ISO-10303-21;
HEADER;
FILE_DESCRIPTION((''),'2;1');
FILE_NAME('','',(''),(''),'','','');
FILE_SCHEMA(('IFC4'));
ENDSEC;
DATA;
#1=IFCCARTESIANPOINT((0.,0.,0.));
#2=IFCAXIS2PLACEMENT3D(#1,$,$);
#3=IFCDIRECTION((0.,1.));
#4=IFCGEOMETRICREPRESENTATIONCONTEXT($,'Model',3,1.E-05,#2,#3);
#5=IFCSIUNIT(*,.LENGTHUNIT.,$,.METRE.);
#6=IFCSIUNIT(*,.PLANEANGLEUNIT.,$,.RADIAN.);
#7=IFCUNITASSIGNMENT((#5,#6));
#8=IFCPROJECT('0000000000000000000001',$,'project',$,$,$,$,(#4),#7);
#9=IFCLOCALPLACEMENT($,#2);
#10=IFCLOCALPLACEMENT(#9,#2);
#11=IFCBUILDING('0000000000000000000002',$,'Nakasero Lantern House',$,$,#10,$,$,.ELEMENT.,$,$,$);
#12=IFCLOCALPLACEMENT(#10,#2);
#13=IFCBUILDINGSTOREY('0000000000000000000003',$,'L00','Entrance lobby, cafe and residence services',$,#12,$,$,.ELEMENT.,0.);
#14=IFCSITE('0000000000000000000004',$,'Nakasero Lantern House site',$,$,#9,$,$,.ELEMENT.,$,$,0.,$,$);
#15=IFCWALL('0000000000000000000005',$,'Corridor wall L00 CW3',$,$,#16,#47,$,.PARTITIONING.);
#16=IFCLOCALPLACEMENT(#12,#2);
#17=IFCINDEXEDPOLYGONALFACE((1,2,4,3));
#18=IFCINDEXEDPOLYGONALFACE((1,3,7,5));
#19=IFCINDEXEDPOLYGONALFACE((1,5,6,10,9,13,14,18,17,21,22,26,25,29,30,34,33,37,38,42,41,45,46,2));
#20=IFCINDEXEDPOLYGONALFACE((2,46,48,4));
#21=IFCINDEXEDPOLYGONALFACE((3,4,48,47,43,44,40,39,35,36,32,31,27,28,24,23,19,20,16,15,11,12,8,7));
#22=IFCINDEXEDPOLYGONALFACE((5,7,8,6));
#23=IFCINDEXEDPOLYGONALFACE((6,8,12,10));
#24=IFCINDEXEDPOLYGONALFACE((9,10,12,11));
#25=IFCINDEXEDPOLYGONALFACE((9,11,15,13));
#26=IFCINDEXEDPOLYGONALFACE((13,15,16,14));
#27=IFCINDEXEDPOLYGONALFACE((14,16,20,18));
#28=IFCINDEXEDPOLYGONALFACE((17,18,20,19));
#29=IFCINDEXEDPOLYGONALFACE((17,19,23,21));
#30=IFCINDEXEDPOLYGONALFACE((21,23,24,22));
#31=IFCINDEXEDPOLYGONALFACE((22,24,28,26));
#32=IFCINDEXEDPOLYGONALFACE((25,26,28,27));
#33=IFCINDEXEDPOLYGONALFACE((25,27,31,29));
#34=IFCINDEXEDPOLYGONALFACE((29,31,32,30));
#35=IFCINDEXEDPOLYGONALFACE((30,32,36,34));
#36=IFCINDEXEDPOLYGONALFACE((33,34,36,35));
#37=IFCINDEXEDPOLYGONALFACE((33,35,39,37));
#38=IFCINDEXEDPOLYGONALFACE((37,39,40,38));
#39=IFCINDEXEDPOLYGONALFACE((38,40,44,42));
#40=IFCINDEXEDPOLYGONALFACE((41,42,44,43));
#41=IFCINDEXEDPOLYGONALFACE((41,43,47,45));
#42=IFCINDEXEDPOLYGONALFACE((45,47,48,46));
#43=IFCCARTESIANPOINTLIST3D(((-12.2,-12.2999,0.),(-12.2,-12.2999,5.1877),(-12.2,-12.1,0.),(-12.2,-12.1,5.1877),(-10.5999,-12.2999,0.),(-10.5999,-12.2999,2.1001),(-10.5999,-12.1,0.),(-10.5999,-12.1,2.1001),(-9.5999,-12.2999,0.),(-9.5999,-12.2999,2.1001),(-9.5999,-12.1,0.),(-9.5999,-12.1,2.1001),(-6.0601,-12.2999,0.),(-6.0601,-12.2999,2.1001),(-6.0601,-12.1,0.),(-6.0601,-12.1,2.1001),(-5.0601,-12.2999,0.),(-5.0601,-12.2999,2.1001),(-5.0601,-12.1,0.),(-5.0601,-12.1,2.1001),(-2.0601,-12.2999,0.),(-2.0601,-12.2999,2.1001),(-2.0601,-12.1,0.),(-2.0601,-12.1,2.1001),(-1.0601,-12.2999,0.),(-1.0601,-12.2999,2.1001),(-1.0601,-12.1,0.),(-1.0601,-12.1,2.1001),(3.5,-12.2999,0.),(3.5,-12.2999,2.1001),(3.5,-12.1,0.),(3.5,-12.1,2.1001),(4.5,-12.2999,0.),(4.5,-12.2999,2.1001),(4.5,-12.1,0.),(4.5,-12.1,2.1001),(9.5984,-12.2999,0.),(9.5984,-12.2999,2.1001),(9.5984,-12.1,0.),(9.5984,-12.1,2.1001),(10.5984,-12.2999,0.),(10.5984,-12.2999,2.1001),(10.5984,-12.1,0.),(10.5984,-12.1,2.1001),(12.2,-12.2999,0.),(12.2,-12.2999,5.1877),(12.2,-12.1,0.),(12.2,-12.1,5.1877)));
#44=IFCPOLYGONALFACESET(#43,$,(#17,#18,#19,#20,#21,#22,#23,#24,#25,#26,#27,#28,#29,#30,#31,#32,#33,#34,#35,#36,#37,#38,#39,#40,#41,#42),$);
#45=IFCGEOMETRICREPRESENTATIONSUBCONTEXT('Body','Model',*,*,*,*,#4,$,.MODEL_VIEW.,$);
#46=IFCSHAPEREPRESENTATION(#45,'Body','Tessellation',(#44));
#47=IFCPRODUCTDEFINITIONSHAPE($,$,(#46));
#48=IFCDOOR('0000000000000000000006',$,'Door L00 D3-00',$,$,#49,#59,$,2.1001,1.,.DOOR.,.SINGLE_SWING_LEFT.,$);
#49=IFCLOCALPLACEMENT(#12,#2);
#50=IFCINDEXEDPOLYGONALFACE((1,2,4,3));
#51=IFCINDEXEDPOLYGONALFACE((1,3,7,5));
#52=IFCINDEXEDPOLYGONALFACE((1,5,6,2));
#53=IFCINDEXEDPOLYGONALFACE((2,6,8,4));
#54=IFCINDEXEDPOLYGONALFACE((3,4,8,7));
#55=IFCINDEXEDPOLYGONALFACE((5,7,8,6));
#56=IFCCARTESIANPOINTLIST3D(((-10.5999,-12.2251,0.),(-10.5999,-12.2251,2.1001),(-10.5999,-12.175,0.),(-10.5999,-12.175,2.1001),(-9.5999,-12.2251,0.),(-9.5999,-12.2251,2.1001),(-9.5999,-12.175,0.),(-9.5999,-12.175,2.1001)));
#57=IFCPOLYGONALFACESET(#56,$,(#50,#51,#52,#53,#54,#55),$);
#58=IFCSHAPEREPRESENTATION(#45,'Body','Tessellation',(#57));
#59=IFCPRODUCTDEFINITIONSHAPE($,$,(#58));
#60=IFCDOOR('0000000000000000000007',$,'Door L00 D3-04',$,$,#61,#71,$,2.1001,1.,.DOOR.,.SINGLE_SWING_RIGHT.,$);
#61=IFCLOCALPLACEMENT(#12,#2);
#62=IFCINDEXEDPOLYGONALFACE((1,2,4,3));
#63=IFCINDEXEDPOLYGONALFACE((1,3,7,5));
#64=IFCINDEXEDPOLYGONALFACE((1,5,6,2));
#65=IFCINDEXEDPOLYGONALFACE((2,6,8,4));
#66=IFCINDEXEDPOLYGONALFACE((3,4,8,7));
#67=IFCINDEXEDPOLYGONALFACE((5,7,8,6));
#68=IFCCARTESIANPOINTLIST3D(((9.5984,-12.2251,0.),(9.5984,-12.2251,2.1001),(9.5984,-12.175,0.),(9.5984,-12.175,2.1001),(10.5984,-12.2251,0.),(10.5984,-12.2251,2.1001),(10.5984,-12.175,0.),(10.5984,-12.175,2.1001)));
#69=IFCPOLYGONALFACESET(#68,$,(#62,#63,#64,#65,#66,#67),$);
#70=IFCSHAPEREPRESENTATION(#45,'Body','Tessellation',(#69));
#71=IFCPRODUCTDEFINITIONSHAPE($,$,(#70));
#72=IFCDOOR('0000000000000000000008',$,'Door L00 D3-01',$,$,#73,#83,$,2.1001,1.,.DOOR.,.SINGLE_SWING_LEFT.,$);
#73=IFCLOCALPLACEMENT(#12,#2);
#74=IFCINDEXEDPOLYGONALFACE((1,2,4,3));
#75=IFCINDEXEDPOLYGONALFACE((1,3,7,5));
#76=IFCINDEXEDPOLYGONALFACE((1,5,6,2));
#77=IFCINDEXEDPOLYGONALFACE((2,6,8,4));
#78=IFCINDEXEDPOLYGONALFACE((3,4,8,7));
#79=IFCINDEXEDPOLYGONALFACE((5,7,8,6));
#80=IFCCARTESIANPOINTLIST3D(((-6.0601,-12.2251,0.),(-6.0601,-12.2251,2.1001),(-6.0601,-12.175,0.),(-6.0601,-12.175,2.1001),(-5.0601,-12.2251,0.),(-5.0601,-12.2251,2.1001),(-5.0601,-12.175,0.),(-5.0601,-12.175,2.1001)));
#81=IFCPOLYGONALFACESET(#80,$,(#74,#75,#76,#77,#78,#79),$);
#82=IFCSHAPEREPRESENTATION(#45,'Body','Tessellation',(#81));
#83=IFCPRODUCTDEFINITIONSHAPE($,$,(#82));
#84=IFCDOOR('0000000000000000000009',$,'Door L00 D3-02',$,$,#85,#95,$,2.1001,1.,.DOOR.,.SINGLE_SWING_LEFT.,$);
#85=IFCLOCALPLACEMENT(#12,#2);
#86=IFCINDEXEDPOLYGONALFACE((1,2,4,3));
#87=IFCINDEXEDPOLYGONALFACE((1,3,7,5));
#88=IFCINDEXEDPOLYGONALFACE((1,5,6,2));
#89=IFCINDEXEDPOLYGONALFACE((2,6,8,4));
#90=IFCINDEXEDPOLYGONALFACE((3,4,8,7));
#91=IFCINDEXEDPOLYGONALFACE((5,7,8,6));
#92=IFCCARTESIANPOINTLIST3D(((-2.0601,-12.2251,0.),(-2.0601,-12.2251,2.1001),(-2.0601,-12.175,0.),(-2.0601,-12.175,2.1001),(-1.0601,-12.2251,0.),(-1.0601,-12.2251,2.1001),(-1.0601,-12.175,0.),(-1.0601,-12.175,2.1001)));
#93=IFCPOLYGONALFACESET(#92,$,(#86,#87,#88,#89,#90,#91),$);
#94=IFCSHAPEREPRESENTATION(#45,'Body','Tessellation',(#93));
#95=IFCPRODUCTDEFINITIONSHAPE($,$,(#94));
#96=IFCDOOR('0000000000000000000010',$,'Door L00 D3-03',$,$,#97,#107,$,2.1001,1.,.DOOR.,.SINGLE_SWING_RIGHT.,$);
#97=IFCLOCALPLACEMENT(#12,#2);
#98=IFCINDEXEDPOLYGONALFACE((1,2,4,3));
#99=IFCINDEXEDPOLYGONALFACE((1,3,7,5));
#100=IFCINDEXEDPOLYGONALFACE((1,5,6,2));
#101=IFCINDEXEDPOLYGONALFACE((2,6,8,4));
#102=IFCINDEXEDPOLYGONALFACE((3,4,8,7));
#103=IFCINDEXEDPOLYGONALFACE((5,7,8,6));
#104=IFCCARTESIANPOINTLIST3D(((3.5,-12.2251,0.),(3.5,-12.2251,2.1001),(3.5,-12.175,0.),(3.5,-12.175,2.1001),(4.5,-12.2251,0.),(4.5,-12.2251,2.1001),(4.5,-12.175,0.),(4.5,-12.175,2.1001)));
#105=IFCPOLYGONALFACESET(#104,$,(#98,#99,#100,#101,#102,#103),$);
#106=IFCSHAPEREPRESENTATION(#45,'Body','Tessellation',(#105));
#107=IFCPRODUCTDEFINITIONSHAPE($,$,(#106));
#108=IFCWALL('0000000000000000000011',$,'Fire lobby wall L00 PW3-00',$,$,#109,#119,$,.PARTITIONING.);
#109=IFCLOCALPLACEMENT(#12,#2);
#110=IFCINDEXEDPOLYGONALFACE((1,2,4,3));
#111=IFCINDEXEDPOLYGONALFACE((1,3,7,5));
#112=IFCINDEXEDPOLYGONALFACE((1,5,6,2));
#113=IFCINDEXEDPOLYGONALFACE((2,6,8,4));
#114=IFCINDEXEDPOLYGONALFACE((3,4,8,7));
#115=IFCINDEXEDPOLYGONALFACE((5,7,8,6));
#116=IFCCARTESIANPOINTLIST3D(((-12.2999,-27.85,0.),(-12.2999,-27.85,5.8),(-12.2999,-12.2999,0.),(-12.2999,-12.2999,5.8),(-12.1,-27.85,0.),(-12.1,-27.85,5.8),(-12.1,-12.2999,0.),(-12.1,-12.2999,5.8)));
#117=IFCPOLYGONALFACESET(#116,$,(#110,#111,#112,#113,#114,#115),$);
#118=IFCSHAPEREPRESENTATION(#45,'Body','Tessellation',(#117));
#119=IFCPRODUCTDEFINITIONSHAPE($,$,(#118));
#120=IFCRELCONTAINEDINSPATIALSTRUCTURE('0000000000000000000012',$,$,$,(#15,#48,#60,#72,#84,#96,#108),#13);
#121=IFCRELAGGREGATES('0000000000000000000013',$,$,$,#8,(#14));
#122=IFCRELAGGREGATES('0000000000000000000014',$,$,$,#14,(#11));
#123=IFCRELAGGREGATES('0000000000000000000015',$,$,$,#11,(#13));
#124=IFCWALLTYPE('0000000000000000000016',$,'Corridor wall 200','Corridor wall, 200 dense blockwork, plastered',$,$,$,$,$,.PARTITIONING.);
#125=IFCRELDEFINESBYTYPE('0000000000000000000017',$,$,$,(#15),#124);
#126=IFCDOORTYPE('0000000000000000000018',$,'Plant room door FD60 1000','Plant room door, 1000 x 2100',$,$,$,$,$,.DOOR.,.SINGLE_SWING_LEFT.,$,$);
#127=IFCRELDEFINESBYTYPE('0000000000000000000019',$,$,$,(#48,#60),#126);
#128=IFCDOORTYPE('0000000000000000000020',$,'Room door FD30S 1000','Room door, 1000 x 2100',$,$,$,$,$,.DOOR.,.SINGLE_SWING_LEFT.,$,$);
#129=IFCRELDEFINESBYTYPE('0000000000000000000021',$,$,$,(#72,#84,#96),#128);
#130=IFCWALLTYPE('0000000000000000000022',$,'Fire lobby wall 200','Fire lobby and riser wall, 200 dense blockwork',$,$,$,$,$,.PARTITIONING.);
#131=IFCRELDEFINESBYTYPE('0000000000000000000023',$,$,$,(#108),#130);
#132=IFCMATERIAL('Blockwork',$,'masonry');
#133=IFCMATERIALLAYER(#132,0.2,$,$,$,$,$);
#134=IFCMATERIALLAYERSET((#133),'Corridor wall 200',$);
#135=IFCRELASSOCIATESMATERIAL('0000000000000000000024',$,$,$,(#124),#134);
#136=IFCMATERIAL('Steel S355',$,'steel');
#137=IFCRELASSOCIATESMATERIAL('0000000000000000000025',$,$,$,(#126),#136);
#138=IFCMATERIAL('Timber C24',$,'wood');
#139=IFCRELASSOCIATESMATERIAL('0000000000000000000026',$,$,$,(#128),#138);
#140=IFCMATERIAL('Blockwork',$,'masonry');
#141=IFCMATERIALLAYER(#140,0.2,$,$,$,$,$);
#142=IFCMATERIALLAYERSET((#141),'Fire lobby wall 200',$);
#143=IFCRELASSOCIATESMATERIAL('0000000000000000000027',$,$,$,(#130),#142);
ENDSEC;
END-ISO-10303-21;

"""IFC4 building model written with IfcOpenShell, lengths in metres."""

from ifc_helpers import new_model, si_unit, direction, frame, frame_2d, origin, place, context, subcontext, project, spatial, rectangle, extrude, material, layer, layer_set, type_object, element, fill, save


model = new_model("IFC4")

# Units and contexts
model_context = context("Model", 3, precision=1e-05, world=origin(), true_north=direction((0.0, 1.0)))
body_context = subcontext(model_context, "Body", "Model", "MODEL_VIEW")
ifc_project = project(units=[si_unit("LENGTHUNIT", "METRE"), si_unit("PLANEANGLEUNIT", "RADIAN")], contexts=[model_context])

# Site, building, storey
site_placement = place(None, origin())
site = spatial("IfcSite", under=ifc_project, at=site_placement, Name="Nakasero Lantern House site", CompositionType="ELEMENT", RefElevation=0.0)
building_placement = place(site_placement, origin())
building = spatial("IfcBuilding", under=site, at=building_placement, Name="Nakasero Lantern House", CompositionType="ELEMENT")
storey_placement = place(building_placement, origin())
storey = spatial("IfcBuildingStorey", under=building, at=storey_placement, Name="L00", Description="Entrance lobby, cafe and residence services", CompositionType="ELEMENT", Elevation=0.0)

# Wall, openings, doors
ifc_material_1 = material(Name="Blockwork", Category="masonry")
ifc_layer_1 = layer(ifc_material_1, 0.2)
ifc_layer_set_1 = layer_set([ifc_layer_1], Name="Corridor wall 200")
wall_type_1 = type_object("IfcWallType", Name="Corridor wall 200", Description="Corridor wall, 200 dense blockwork, plastered", PredefinedType="PARTITIONING", material=ifc_layer_set_1)
wall_1_placement = place(storey_placement, frame((-12.2, -12.2, 0.0), z_axis=(0.0, 0.0, 1.0), x_axis=(1.0, 0.0, 0.0)))
wall_1 = element("IfcWall", 1, at=wall_1_placement, inside=storey, type_object=wall_type_1, Name="Corridor wall L00 CW3", PredefinedType="PARTITIONING", context=body_context, shape_type="SweptSolid", body=[
    extrude(rectangle(XDim=24.3999, YDim=0.2, at=frame_2d((12.2, 0.0))), origin(), (0.0, 0.0, 1.0), 5.1877),
])
opening_1_placement = place(wall_1_placement, frame((1.6001, 0.0, 0.0)))
opening_1 = element("IfcOpeningElement", 2, at=opening_1_placement, cuts=wall_1, PredefinedType="OPENING", context=body_context, shape_type="SweptSolid", body=[
    extrude(rectangle(XDim=1.0, YDim=2.1001, at=frame_2d((0.5, 1.05))), frame((0.0, 0.1199, 0.0), z_axis=(0.0, -1.0, 0.0), x_axis=(1.0, 0.0, 0.0)), (0.0, 0.0, 1.0), 0.24),
])
opening_2_placement = place(wall_1_placement, frame((6.1399, 0.0, 0.0)))
opening_2 = element("IfcOpeningElement", 3, at=opening_2_placement, cuts=wall_1, PredefinedType="OPENING", context=body_context, shape_type="SweptSolid", body=[
    extrude(rectangle(XDim=1.0, YDim=2.1001, at=frame_2d((0.5, 1.05))), frame((0.0, 0.1199, 0.0), z_axis=(0.0, -1.0, 0.0), x_axis=(1.0, 0.0, 0.0)), (0.0, 0.0, 1.0), 0.24),
])
opening_3_placement = place(wall_1_placement, frame((10.1399, 0.0, 0.0)))
opening_3 = element("IfcOpeningElement", 4, at=opening_3_placement, cuts=wall_1, PredefinedType="OPENING", context=body_context, shape_type="SweptSolid", body=[
    extrude(rectangle(XDim=1.0, YDim=2.1001, at=frame_2d((0.5, 1.05))), frame((0.0, 0.1199, 0.0), z_axis=(0.0, -1.0, 0.0), x_axis=(1.0, 0.0, 0.0)), (0.0, 0.0, 1.0), 0.24),
])
opening_4_placement = place(wall_1_placement, frame((15.7, 0.0, 0.0)))
opening_4 = element("IfcOpeningElement", 5, at=opening_4_placement, cuts=wall_1, PredefinedType="OPENING", context=body_context, shape_type="SweptSolid", body=[
    extrude(rectangle(XDim=1.0, YDim=2.1001, at=frame_2d((0.5, 1.05))), frame((0.0, 0.1199, 0.0), z_axis=(0.0, -1.0, 0.0), x_axis=(1.0, 0.0, 0.0)), (0.0, 0.0, 1.0), 0.24),
])
opening_5_placement = place(wall_1_placement, frame((21.7983, 0.0, 0.0)))
opening_5 = element("IfcOpeningElement", 6, at=opening_5_placement, cuts=wall_1, PredefinedType="OPENING", context=body_context, shape_type="SweptSolid", body=[
    extrude(rectangle(XDim=1.0, YDim=2.1001, at=frame_2d((0.5, 1.05))), frame((0.0, 0.1199, 0.0), z_axis=(0.0, -1.0, 0.0), x_axis=(1.0, 0.0, 0.0)), (0.0, 0.0, 1.0), 0.24),
])
ifc_material_2 = material(Name="Steel S355", Category="steel")
door_type_1 = type_object("IfcDoorType", Name="Plant room door FD60 1000", Description="Plant room door, 1000 x 2100", OperationType="SINGLE_SWING_LEFT", PredefinedType="DOOR", material=ifc_material_2)
door_1_placement = place(opening_1_placement, origin())
door_1 = element("IfcDoor", 7, at=door_1_placement, inside=storey, type_object=door_type_1, Name="Door L00 D3-00", OperationType="SINGLE_SWING_LEFT", OverallHeight=2.1001, OverallWidth=1.0, PredefinedType="DOOR", context=body_context, shape_type="SweptSolid", body=[
    extrude(rectangle(XDim=1.0, YDim=2.1001, at=frame_2d((0.5, 1.05))), frame((0.0, 0.0249, 0.0), z_axis=(0.0, -1.0, 0.0), x_axis=(1.0, 0.0, 0.0)), (0.0, 0.0, 1.0), 0.05),
])
fill(opening_1, door_1)
door_2_placement = place(opening_5_placement, origin())
door_2 = element("IfcDoor", 8, at=door_2_placement, inside=storey, type_object=door_type_1, Name="Door L00 D3-04", OperationType="SINGLE_SWING_RIGHT", OverallHeight=2.1001, OverallWidth=1.0, PredefinedType="DOOR", context=body_context, shape_type="SweptSolid", body=[
    extrude(rectangle(XDim=1.0, YDim=2.1001, at=frame_2d((0.5, 1.05))), frame((0.0, 0.0249, 0.0), z_axis=(0.0, -1.0, 0.0), x_axis=(1.0, 0.0, 0.0)), (0.0, 0.0, 1.0), 0.05),
])
fill(opening_5, door_2)
ifc_material_3 = material(Name="Timber C24", Category="wood")
door_type_2 = type_object("IfcDoorType", Name="Room door FD30S 1000", Description="Room door, 1000 x 2100", OperationType="SINGLE_SWING_LEFT", PredefinedType="DOOR", material=ifc_material_3)
door_3_placement = place(opening_2_placement, origin())
door_3 = element("IfcDoor", 9, at=door_3_placement, inside=storey, type_object=door_type_2, Name="Door L00 D3-01", OperationType="SINGLE_SWING_LEFT", OverallHeight=2.1001, OverallWidth=1.0, PredefinedType="DOOR", context=body_context, shape_type="SweptSolid", body=[
    extrude(rectangle(XDim=1.0, YDim=2.1001, at=frame_2d((0.5, 1.05))), frame((0.0, 0.0249, 0.0), z_axis=(0.0, -1.0, 0.0), x_axis=(1.0, 0.0, 0.0)), (0.0, 0.0, 1.0), 0.05),
])
fill(opening_2, door_3)
door_4_placement = place(opening_3_placement, origin())
door_4 = element("IfcDoor", 10, at=door_4_placement, inside=storey, type_object=door_type_2, Name="Door L00 D3-02", OperationType="SINGLE_SWING_LEFT", OverallHeight=2.1001, OverallWidth=1.0, PredefinedType="DOOR", context=body_context, shape_type="SweptSolid", body=[
    extrude(rectangle(XDim=1.0, YDim=2.1001, at=frame_2d((0.5, 1.05))), frame((0.0, 0.0249, 0.0), z_axis=(0.0, -1.0, 0.0), x_axis=(1.0, 0.0, 0.0)), (0.0, 0.0, 1.0), 0.05),
])
fill(opening_3, door_4)
door_5_placement = place(opening_4_placement, origin())
door_5 = element("IfcDoor", 11, at=door_5_placement, inside=storey, type_object=door_type_2, Name="Door L00 D3-03", OperationType="SINGLE_SWING_RIGHT", OverallHeight=2.1001, OverallWidth=1.0, PredefinedType="DOOR", context=body_context, shape_type="SweptSolid", body=[
    extrude(rectangle(XDim=1.0, YDim=2.1001, at=frame_2d((0.5, 1.05))), frame((0.0, 0.0249, 0.0), z_axis=(0.0, -1.0, 0.0), x_axis=(1.0, 0.0, 0.0)), (0.0, 0.0, 1.0), 0.05),
])
fill(opening_4, door_5)

# Wall
ifc_material_4 = material(Name="Blockwork", Category="masonry")
ifc_layer_2 = layer(ifc_material_4, 0.2)
ifc_layer_set_2 = layer_set([ifc_layer_2], Name="Fire lobby wall 200")
wall_type_2 = type_object("IfcWallType", Name="Fire lobby wall 200", Description="Fire lobby and riser wall, 200 dense blockwork", PredefinedType="PARTITIONING", material=ifc_layer_set_2)
wall_2_placement = place(storey_placement, frame((-12.2, -12.3, 0.0), z_axis=(0.0, 0.0, 1.0), x_axis=(0.0, -1.0, 0.0)))
element("IfcWall", 12, at=wall_2_placement, inside=storey, type_object=wall_type_2, Name="Fire lobby wall L00 PW3-00", PredefinedType="PARTITIONING", context=body_context, shape_type="SweptSolid", body=[
    extrude(rectangle(XDim=15.55, YDim=0.2, at=frame_2d((7.7749, 0.0))), origin(), (0.0, 0.0, 1.0), 5.8),
])

save(model, "model.ifc")
